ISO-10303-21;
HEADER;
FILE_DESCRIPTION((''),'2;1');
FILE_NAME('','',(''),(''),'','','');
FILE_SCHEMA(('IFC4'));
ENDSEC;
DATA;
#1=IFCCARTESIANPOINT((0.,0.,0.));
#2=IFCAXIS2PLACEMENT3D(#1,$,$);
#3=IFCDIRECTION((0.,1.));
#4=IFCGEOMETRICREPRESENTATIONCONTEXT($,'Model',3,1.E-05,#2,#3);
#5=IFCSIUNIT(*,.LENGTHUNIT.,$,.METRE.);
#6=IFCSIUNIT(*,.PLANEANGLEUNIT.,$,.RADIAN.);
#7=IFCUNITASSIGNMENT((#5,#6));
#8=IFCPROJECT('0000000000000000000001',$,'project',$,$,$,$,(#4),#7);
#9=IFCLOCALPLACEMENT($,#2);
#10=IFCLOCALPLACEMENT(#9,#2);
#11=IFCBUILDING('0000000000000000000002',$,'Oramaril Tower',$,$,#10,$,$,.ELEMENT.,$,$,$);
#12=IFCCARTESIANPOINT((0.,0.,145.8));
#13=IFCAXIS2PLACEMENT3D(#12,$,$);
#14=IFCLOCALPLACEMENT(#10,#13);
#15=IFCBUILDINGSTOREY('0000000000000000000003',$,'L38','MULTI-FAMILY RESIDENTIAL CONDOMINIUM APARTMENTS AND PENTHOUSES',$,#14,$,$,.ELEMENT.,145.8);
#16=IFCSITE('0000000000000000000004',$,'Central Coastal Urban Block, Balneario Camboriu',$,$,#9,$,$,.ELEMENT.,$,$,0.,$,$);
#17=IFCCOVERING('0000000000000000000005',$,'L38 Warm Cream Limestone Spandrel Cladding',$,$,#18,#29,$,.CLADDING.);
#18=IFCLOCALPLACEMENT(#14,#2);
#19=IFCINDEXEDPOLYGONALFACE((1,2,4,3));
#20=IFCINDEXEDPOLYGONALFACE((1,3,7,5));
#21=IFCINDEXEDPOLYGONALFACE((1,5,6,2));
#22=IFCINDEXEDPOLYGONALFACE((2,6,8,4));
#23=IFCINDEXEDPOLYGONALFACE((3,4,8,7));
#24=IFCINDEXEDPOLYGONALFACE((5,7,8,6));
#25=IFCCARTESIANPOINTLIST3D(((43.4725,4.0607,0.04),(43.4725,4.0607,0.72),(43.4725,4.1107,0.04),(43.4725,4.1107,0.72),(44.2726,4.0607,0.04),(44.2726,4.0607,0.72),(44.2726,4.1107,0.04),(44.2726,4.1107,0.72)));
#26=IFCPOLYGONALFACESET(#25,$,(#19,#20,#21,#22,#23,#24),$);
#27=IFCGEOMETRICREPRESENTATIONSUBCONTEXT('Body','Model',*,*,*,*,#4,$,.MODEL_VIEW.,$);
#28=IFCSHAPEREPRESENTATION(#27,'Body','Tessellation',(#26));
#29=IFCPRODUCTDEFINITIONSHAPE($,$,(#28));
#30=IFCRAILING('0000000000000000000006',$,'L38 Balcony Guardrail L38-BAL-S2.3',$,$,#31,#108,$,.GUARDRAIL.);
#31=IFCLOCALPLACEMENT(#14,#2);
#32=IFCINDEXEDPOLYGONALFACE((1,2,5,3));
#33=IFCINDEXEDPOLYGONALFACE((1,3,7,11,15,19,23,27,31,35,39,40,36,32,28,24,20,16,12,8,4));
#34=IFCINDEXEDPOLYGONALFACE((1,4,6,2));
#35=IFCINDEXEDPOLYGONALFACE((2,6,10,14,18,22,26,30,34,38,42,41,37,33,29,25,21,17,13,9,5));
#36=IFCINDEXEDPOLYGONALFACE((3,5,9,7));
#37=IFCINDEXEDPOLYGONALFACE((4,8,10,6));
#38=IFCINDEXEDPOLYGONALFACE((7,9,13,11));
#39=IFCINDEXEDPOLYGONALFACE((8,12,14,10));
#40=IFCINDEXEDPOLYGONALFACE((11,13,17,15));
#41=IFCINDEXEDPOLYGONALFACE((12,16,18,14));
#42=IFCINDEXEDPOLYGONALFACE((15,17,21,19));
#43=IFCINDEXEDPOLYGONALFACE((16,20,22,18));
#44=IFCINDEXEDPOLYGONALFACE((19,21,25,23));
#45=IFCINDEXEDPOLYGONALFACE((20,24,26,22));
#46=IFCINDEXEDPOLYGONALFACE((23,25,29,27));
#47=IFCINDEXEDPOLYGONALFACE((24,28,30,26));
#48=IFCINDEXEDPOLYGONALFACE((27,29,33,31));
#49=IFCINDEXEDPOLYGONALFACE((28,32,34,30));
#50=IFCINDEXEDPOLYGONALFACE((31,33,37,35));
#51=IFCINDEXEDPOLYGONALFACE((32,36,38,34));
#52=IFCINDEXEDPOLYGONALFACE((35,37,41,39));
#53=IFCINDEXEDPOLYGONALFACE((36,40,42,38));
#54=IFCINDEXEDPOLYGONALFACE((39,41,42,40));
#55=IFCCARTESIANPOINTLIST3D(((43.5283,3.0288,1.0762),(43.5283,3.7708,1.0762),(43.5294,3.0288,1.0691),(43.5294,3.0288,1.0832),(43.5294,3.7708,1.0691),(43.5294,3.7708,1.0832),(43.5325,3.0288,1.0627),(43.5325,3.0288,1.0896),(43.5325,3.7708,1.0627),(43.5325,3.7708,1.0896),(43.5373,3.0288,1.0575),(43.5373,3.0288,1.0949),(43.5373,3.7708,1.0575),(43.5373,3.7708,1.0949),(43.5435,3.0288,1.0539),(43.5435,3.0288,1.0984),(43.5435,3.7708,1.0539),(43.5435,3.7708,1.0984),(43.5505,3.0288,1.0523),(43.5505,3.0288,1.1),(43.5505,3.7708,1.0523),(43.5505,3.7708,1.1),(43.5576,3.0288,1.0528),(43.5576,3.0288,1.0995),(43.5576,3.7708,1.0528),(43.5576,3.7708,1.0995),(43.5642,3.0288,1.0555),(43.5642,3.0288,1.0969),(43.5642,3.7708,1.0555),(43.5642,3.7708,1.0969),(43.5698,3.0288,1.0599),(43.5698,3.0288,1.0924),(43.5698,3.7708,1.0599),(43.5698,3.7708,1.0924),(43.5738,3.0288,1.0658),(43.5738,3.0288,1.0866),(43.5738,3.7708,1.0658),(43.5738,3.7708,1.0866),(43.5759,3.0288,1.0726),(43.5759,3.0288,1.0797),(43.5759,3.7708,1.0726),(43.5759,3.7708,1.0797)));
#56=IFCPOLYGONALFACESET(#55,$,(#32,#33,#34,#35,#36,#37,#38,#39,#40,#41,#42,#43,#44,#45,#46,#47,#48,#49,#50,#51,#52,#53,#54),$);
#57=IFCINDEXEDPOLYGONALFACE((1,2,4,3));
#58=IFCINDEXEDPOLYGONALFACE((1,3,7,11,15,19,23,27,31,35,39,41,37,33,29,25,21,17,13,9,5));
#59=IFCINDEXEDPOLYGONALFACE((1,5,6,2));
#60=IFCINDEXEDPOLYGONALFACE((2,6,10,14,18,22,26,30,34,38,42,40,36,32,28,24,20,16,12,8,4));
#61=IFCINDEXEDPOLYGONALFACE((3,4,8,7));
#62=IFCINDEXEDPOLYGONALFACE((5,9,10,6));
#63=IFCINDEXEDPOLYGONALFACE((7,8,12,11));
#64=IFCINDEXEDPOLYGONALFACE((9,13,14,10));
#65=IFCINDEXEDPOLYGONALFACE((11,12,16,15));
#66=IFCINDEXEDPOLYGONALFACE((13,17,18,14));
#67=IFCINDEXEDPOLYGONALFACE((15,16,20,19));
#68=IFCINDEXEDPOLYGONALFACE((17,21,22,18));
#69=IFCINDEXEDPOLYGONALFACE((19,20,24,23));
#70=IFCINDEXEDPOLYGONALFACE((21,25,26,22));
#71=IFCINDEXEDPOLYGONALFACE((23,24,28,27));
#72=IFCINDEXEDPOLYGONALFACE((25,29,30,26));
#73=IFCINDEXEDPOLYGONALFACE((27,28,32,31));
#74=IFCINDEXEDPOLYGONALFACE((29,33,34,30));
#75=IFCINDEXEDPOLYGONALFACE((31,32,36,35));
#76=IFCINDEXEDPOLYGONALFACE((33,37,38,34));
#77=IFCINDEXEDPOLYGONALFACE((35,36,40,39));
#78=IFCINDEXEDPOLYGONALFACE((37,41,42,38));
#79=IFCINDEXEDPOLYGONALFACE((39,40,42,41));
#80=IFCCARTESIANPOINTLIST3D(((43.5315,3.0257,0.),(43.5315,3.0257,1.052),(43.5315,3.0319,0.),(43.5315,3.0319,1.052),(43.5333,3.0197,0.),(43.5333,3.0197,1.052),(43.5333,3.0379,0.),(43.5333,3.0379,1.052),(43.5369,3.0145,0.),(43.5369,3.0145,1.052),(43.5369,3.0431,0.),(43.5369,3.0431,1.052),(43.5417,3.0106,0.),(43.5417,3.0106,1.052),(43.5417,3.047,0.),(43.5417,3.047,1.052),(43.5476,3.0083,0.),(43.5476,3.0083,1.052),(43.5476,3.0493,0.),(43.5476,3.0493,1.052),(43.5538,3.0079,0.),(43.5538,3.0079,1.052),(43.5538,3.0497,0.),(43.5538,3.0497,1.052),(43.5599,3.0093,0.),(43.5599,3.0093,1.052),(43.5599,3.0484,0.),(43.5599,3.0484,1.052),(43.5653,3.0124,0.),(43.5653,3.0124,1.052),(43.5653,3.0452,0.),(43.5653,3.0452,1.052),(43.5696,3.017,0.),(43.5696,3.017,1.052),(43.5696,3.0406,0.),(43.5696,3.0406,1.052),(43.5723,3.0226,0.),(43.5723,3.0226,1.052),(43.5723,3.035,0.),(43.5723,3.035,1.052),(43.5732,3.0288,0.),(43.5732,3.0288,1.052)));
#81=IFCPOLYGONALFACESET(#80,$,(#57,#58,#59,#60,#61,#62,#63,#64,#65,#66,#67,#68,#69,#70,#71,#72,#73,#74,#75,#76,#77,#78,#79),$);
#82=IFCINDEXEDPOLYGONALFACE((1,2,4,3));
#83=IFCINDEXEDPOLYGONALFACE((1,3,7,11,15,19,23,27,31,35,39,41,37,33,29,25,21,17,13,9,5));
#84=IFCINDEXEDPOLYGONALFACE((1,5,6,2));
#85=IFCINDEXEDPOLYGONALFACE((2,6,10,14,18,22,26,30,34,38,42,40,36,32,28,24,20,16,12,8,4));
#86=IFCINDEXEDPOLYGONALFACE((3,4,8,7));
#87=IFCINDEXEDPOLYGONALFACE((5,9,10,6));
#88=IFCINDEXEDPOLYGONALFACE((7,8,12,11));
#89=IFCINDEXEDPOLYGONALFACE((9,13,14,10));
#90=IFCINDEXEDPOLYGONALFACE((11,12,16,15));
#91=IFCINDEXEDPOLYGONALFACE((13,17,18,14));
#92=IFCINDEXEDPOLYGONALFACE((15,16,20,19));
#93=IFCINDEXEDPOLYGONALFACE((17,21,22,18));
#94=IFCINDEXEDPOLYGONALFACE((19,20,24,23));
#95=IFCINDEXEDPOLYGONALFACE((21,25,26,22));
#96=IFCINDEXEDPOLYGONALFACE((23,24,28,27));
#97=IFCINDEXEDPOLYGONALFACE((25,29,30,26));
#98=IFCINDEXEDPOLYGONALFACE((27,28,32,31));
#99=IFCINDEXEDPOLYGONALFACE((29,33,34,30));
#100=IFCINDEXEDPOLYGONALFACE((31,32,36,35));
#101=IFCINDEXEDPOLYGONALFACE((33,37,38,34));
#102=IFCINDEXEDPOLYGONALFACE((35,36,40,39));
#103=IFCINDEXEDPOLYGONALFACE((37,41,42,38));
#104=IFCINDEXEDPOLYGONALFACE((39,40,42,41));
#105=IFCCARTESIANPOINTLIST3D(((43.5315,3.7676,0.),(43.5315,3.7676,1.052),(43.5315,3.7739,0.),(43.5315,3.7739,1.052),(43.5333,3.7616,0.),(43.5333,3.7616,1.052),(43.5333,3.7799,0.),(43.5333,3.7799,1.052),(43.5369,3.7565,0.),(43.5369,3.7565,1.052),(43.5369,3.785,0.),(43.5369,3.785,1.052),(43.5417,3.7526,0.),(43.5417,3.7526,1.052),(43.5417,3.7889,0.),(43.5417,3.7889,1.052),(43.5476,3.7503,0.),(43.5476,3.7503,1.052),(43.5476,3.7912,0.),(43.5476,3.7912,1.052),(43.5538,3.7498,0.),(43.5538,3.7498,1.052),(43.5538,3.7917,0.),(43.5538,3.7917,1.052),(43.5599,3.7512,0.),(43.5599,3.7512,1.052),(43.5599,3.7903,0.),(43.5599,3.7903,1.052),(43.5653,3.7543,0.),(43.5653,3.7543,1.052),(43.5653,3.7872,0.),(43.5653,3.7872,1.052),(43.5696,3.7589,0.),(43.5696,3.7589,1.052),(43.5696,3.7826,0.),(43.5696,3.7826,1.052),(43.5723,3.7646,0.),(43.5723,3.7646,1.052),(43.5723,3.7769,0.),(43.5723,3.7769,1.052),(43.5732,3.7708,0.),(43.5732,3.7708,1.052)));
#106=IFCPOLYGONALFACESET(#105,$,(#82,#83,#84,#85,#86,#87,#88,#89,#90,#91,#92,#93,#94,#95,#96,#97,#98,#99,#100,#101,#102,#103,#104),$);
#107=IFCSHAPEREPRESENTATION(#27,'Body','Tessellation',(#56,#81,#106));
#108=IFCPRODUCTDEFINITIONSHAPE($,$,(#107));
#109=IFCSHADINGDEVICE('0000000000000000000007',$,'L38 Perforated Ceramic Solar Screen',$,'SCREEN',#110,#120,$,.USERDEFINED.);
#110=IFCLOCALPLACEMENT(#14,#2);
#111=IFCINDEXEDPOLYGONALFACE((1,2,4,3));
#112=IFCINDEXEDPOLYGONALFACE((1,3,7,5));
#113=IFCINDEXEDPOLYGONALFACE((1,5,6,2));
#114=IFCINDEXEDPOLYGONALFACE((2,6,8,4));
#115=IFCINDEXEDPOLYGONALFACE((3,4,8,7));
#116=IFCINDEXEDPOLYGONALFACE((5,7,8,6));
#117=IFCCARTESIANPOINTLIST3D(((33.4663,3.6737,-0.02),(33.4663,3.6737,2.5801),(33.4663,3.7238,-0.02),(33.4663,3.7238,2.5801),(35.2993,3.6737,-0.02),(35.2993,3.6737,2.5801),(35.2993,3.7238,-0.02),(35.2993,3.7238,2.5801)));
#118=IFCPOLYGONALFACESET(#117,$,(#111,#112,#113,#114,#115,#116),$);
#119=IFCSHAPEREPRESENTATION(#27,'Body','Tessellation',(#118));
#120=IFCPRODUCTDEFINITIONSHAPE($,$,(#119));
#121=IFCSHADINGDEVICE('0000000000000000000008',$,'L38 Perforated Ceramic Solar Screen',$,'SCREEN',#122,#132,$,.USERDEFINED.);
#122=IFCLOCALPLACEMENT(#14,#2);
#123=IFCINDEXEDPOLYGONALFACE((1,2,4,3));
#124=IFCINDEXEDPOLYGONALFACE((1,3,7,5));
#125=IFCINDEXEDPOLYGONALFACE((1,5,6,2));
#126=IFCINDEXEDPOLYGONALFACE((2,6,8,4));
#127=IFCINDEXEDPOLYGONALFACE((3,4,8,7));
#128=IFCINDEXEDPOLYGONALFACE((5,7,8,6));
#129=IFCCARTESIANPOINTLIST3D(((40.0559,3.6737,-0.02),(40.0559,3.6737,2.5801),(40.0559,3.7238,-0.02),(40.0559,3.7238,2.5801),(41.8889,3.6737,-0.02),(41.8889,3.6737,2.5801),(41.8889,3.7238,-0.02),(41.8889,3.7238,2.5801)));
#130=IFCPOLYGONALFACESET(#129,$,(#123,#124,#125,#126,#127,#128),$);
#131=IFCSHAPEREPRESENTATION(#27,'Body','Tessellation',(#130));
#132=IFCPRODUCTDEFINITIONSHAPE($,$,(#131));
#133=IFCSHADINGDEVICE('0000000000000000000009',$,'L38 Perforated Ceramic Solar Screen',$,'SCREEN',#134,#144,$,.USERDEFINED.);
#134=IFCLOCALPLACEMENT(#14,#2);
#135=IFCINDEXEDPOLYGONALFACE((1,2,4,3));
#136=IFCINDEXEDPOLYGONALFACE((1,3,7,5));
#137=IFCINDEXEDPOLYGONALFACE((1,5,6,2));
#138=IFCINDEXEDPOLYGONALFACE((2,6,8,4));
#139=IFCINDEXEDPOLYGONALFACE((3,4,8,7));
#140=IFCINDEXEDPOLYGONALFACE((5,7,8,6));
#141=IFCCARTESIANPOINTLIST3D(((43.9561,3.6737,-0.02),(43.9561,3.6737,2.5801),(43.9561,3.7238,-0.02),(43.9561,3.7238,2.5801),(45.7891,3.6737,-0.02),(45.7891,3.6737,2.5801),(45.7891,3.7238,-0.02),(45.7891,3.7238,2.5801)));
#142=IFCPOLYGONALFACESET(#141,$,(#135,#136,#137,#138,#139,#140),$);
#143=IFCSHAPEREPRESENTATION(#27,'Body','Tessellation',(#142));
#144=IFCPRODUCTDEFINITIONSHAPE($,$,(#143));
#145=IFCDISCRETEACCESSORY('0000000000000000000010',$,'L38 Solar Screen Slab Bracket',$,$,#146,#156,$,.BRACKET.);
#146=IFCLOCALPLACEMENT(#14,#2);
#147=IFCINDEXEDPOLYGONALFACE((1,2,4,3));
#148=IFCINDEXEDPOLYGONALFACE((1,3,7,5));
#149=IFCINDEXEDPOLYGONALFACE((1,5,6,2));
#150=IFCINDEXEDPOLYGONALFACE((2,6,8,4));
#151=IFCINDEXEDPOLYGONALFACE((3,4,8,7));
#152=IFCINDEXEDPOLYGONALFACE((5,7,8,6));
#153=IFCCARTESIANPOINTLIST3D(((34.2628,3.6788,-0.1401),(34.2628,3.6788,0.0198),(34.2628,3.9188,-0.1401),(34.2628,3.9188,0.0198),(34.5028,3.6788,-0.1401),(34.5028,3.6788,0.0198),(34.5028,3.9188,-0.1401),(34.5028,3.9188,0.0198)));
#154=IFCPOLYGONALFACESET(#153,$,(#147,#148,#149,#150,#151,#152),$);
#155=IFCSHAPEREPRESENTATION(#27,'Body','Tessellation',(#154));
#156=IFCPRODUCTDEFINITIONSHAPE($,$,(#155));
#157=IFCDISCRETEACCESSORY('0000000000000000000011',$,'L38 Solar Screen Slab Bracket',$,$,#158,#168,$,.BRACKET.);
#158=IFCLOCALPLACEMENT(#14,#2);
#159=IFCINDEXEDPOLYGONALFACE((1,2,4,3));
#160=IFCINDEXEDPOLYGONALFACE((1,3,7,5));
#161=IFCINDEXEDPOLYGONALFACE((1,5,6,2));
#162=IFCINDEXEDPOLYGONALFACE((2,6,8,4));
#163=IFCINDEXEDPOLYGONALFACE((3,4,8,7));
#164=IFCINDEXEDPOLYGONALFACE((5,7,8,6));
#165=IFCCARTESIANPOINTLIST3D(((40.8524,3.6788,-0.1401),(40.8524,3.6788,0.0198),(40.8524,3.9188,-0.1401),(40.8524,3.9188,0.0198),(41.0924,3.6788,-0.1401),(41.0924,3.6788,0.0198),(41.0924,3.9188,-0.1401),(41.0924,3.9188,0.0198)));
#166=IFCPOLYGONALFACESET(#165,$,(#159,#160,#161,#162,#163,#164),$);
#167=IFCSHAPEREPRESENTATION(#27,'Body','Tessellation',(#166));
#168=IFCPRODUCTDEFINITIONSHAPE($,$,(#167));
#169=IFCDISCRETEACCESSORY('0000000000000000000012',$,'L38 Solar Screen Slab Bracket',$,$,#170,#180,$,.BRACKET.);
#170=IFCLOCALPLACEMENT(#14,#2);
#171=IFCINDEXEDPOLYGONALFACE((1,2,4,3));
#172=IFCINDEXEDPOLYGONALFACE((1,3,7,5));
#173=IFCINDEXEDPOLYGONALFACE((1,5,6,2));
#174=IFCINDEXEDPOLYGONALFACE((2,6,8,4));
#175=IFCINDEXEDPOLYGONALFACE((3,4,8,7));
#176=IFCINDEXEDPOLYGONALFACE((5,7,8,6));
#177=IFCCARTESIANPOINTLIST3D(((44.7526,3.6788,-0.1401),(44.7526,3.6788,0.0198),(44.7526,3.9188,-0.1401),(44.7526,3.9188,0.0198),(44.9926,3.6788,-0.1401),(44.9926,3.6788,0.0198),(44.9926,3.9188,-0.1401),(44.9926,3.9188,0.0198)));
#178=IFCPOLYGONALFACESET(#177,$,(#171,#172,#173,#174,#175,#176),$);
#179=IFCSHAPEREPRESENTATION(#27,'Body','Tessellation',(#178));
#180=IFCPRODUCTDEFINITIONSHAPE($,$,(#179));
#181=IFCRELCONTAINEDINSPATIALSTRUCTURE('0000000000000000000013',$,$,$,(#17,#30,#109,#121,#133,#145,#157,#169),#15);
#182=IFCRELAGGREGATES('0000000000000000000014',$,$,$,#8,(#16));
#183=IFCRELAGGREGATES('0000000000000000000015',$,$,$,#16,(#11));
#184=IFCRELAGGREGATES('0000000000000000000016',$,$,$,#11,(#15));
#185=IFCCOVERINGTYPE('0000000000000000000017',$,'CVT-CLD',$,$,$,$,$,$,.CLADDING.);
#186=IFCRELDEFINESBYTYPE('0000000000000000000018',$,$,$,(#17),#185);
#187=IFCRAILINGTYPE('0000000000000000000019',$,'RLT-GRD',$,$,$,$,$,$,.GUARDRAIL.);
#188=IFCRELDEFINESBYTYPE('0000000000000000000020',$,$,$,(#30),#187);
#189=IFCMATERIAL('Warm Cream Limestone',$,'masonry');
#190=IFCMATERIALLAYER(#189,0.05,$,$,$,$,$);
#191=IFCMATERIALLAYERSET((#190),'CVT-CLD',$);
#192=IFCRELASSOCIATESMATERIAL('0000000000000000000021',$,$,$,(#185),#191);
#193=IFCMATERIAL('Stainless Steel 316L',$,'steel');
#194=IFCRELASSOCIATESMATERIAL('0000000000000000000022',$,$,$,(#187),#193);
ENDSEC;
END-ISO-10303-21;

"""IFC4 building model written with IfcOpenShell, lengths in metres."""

from ifc_helpers import new_model, si_unit, direction, frame, origin, origin_2d, place, context, subcontext, project, spatial, rectangle, circle, extrude, material, layer, layer_set, type_object, element, save


model = new_model("IFC4")

# Units and contexts
model_context = context("Model", 3, precision=1e-05, world=origin(), true_north=direction((0.0, 1.0)))
body_context = subcontext(model_context, "Body", "Model", "MODEL_VIEW")
ifc_project = project(units=[si_unit("LENGTHUNIT", "METRE"), si_unit("PLANEANGLEUNIT", "RADIAN")], contexts=[model_context])

# Site, building, storey
site_placement = place(None, origin())
site = spatial("IfcSite", under=ifc_project, at=site_placement, Name="Central Coastal Urban Block, Balneario Camboriu", CompositionType="ELEMENT", RefElevation=0.0)
building_placement = place(site_placement, origin())
building = spatial("IfcBuilding", under=site, at=building_placement, Name="Oramaril Tower", CompositionType="ELEMENT")
storey_placement = place(building_placement, frame((0.0, 0.0, 145.8)))
storey = spatial("IfcBuildingStorey", under=building, at=storey_placement, Name="L38", Description="MULTI-FAMILY RESIDENTIAL CONDOMINIUM APARTMENTS AND PENTHOUSES", CompositionType="ELEMENT", Elevation=145.8)

# Covering
ifc_material_1 = material(Name="Warm Cream Limestone", Category="masonry")
ifc_layer_1 = layer(ifc_material_1, 0.05)
ifc_layer_set_1 = layer_set([ifc_layer_1], Name="CVT-CLD")
covering_type = type_object("IfcCoveringType", Name="CVT-CLD", PredefinedType="CLADDING", material=ifc_layer_set_1)
covering_placement = place(storey_placement, frame((43.8726, 4.0857, 0.04), z_axis=(0.0, 0.0, 1.0), x_axis=(1.0, 0.0, 0.0)))
element("IfcCovering", 1, at=covering_placement, inside=storey, type_object=covering_type, Name="L38 Warm Cream Limestone Spandrel Cladding", PredefinedType="CLADDING", context=body_context, shape_type="SweptSolid", body=[
    extrude(rectangle(XDim=0.8, YDim=0.05, at=origin_2d()), origin(), (0.0, 0.0, 1.0), 0.6799),
])

# Railing
ifc_material_2 = material(Name="Stainless Steel 316L", Category="steel")
railing_type = type_object("IfcRailingType", Name="RLT-GRD", PredefinedType="GUARDRAIL", material=ifc_material_2)
railing_placement = place(storey_placement, frame((43.5522, 3.0288, 0.0)))
element("IfcRailing", 2, at=railing_placement, inside=storey, type_object=railing_type, Name="L38 Balcony Guardrail L38-BAL-S2.3", PredefinedType="GUARDRAIL", context=body_context, shape_type="SweptSolid", body=[
    extrude(circle(Radius=0.0239, at=origin_2d()), frame((0.0, 0.0, 1.0762), z_axis=(0.0, 1.0, 0.0), x_axis=(-1.0, 0.0, 0.0)), (0.0, 0.0, 1.0), 0.7419),
    extrude(circle(Radius=0.021, at=origin_2d()), origin(), (0.0, 0.0, 1.0), 1.052),
    extrude(circle(Radius=0.021, at=origin_2d()), frame((0.0, 0.7419, 0.0)), (0.0, 0.0, 1.0), 1.052),
])

# Shading devices
for number, where, z_axis, x_axis, name in (
    (3, (34.3828, 3.6987, -0.02), (0.0, 0.0, 1.0), (1.0, 0.0, 0.0), "L38 Perforated Ceramic Solar Screen"),
    (4, (40.9724, 3.6987, -0.02), (0.0, 0.0, 1.0), (1.0, 0.0, 0.0), "L38 Perforated Ceramic Solar Screen"),
    (5, (44.8726, 3.6987, -0.02), (0.0, 0.0, 1.0), (1.0, 0.0, 0.0), "L38 Perforated Ceramic Solar Screen"),
):
    element("IfcShadingDevice", number, at=place(storey_placement, frame(where, z_axis=z_axis, x_axis=x_axis)), inside=storey, Name=name, ObjectType="SCREEN", PredefinedType="USERDEFINED", context=body_context, shape_type="SweptSolid", body=[
        extrude(rectangle(XDim=1.833, YDim=0.05, at=origin_2d()), origin(), (0.0, 0.0, 1.0), 2.6001),
    ])

# Discrete accessories
for number, where, z_axis, x_axis, name in (
    (6, (34.3828, 3.7988, -0.1401), (0.0, 0.0, 1.0), (1.0, 0.0, 0.0), "L38 Solar Screen Slab Bracket"),
    (7, (40.9724, 3.7988, -0.1401), (0.0, 0.0, 1.0), (1.0, 0.0, 0.0), "L38 Solar Screen Slab Bracket"),
    (8, (44.8726, 3.7988, -0.1401), (0.0, 0.0, 1.0), (1.0, 0.0, 0.0), "L38 Solar Screen Slab Bracket"),
):
    element("IfcDiscreteAccessory", number, at=place(storey_placement, frame(where, z_axis=z_axis, x_axis=x_axis)), inside=storey, Name=name, PredefinedType="BRACKET", context=body_context, shape_type="SweptSolid", body=[
        extrude(rectangle(XDim=0.24, YDim=0.24, at=origin_2d()), origin(), (0.0, 0.0, 1.0), 0.1599),
    ])

save(model, "model.ifc")
